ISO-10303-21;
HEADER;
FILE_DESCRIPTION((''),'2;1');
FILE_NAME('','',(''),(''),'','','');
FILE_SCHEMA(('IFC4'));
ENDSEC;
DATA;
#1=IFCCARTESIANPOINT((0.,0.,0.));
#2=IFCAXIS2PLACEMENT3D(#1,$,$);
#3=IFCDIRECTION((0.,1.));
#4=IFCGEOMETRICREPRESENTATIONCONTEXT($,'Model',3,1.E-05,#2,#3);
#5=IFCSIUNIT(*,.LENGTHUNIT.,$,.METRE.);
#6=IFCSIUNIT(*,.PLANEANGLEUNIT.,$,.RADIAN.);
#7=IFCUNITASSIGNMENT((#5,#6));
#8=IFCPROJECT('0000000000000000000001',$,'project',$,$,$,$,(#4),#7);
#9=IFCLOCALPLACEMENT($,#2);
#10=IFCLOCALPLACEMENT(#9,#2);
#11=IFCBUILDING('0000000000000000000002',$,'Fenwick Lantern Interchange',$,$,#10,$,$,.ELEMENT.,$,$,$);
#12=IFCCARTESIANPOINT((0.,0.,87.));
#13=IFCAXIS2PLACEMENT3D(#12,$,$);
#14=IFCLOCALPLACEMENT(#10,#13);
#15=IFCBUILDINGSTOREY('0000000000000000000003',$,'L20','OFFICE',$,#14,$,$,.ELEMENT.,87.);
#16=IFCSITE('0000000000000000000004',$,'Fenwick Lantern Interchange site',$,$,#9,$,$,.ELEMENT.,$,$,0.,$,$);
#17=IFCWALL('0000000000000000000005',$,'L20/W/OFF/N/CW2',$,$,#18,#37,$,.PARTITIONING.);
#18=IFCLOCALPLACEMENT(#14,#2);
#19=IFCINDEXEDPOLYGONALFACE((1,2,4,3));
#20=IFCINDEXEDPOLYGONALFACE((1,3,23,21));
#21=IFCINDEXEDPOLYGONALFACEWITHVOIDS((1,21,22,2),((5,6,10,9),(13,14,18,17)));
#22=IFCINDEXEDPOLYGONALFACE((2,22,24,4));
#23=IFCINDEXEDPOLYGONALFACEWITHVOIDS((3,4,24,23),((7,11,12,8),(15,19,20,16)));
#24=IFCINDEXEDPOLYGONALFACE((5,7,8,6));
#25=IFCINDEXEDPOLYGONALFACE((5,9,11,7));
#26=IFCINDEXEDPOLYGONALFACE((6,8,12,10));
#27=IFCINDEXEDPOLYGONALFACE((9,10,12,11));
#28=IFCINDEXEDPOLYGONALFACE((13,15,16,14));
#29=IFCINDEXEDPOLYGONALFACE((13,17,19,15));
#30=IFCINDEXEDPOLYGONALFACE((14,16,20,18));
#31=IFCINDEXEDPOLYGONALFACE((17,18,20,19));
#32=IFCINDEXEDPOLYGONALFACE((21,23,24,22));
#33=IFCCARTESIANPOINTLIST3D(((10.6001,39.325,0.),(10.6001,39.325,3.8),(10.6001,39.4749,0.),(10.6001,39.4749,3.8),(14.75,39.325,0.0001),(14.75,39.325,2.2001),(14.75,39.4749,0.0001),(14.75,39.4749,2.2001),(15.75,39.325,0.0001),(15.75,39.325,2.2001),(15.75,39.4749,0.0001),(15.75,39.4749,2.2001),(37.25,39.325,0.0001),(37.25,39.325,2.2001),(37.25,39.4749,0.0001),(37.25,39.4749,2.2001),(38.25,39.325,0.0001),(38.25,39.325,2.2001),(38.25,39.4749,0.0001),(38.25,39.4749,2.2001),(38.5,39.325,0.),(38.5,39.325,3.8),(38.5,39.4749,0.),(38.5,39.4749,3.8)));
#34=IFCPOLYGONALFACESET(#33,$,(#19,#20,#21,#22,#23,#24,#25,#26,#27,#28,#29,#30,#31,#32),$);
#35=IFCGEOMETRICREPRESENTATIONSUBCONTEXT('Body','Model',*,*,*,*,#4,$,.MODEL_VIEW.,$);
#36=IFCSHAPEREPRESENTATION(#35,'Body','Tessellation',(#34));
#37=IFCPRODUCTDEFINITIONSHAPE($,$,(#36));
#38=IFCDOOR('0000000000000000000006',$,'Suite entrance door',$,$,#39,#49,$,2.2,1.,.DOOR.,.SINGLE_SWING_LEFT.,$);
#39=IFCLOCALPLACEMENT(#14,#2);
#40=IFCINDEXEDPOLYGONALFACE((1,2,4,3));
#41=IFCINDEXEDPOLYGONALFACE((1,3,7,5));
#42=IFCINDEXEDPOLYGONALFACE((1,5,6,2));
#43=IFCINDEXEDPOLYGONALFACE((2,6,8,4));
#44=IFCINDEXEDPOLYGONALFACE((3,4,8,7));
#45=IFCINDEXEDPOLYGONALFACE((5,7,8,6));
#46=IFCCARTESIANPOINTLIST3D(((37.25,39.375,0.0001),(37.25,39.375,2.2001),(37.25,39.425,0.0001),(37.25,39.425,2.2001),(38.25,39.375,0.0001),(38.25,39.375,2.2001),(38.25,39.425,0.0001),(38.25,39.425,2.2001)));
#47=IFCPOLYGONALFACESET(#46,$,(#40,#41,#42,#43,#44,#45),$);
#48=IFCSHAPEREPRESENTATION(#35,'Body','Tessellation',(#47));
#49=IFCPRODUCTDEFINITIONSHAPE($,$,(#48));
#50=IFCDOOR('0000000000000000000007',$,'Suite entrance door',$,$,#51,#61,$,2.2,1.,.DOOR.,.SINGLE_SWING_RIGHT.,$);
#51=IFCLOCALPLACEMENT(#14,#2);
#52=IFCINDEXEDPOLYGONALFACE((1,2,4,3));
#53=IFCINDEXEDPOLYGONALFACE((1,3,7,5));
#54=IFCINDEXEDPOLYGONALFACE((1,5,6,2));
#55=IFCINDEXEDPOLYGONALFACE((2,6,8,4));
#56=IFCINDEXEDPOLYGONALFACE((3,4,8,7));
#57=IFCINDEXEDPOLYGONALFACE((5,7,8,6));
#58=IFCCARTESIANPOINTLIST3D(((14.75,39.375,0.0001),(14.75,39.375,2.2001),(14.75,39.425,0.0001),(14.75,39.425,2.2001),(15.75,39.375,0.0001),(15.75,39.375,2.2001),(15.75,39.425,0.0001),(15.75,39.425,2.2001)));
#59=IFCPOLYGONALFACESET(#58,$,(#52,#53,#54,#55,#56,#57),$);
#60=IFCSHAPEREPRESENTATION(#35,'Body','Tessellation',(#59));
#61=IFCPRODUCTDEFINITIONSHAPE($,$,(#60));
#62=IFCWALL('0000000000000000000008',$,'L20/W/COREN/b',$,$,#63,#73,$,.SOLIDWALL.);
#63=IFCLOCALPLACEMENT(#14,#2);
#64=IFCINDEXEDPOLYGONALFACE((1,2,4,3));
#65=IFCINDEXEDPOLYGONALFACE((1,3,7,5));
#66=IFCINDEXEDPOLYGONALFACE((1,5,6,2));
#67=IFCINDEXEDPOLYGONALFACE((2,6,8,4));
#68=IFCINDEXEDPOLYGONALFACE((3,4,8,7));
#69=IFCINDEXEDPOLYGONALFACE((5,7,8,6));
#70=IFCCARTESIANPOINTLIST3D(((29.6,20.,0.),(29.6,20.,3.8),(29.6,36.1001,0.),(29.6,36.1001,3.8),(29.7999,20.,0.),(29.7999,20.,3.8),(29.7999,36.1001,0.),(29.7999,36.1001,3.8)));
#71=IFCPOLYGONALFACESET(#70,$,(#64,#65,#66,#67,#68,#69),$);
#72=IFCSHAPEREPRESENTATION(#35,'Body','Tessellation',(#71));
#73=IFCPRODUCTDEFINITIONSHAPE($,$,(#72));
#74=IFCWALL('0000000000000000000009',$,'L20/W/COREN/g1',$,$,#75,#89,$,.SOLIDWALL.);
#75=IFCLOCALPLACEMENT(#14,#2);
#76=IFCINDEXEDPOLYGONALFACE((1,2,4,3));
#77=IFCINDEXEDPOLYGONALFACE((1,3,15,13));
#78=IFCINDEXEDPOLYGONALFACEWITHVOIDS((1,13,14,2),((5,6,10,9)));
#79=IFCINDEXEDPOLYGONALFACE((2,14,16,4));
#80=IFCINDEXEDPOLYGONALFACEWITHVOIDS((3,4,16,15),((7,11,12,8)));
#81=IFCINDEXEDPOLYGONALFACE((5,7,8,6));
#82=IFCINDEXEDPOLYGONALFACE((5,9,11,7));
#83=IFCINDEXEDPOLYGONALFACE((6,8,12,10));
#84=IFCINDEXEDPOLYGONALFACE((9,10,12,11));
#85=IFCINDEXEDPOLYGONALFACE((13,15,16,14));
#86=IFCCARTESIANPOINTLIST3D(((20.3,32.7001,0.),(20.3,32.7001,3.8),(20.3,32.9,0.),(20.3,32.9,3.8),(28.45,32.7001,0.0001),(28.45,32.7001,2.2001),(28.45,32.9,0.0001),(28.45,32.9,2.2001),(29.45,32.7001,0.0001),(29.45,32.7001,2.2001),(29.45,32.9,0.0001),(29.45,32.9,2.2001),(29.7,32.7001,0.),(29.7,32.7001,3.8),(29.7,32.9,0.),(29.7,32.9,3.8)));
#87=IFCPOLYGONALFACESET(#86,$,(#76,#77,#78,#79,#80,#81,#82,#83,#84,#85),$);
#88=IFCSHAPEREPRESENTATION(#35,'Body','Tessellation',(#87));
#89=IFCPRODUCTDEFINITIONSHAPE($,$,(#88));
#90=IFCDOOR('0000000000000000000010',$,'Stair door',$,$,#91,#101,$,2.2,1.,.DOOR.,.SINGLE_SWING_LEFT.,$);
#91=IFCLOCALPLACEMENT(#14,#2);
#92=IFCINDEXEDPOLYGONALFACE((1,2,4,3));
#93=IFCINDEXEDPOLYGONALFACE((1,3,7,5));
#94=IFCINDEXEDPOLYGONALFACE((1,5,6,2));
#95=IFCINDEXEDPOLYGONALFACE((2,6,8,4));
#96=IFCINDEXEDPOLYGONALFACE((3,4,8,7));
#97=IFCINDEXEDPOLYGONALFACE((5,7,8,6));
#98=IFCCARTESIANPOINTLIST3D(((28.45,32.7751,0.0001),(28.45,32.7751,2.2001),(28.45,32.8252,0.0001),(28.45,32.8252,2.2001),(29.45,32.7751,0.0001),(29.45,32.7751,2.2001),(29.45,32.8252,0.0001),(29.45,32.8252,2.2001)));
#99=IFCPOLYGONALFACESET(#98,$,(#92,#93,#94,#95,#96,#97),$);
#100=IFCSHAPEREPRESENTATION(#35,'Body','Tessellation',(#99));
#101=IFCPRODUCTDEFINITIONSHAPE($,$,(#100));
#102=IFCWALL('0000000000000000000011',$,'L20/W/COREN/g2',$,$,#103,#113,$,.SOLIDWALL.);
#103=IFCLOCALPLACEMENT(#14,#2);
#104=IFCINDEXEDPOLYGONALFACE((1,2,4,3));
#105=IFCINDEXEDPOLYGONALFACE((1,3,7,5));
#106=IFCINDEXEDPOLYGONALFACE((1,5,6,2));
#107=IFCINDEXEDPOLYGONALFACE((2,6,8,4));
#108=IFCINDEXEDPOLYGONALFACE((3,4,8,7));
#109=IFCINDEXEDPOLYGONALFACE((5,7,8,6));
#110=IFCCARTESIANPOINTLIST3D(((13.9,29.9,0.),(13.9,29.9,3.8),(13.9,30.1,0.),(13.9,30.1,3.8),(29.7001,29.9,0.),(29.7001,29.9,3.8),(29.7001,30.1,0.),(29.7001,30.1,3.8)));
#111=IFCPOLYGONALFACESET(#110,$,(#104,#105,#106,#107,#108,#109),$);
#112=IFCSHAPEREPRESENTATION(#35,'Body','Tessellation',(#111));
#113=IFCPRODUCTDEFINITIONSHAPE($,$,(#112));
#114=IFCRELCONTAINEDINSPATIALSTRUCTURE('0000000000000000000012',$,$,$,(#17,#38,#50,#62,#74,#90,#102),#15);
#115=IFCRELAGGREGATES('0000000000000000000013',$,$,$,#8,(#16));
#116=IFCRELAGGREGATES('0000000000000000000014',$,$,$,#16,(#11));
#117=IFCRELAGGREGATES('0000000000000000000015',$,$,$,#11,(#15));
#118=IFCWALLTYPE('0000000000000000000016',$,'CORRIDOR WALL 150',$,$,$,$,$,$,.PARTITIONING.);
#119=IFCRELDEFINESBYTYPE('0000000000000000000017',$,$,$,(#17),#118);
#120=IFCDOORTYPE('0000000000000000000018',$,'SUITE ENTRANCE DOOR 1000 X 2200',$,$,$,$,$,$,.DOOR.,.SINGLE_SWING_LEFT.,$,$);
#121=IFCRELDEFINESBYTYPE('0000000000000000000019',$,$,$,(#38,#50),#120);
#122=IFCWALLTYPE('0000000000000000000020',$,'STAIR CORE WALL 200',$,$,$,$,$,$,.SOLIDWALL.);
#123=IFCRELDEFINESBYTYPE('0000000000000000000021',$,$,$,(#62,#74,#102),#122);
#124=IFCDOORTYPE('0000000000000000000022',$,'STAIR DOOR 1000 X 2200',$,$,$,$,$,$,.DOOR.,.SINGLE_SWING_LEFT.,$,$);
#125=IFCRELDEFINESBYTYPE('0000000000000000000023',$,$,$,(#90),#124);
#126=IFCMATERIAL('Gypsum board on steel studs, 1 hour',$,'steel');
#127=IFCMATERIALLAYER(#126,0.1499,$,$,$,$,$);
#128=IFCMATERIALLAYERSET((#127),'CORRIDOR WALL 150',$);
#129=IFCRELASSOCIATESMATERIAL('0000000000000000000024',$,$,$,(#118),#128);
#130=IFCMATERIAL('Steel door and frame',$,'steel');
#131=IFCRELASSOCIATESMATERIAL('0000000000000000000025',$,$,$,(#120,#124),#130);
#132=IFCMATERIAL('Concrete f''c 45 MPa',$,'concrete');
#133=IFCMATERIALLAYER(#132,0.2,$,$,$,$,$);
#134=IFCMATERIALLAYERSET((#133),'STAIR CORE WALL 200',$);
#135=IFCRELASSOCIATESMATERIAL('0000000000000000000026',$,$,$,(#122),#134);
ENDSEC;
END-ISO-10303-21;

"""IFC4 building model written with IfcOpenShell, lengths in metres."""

from ifc_helpers import new_model, si_unit, direction, frame, frame_2d, origin, place, context, subcontext, project, spatial, rectangle, extrude, material, layer, layer_set, type_object, element, fill, save


model = new_model("IFC4")

# Units and contexts
model_context = context("Model", 3, precision=1e-05, world=origin(), true_north=direction((0.0, 1.0)))
body_context = subcontext(model_context, "Body", "Model", "MODEL_VIEW")
ifc_project = project(units=[si_unit("LENGTHUNIT", "METRE"), si_unit("PLANEANGLEUNIT", "RADIAN")], contexts=[model_context])

# Site, building, storey
site_placement = place(None, origin())
site = spatial("IfcSite", under=ifc_project, at=site_placement, Name="Fenwick Lantern Interchange site", CompositionType="ELEMENT", RefElevation=0.0)
building_placement = place(site_placement, origin())
building = spatial("IfcBuilding", under=site, at=building_placement, Name="Fenwick Lantern Interchange", CompositionType="ELEMENT")
storey_placement = place(building_placement, frame((0.0, 0.0, 87.0)))
storey = spatial("IfcBuildingStorey", under=building, at=storey_placement, Name="L20", Description="OFFICE", CompositionType="ELEMENT", Elevation=87.0)

# Shared definitions
ifc_material_1 = material(Name="Steel door and frame", Category="steel")

# Shared definitions
ifc_material_2 = material(Name="Gypsum board on steel studs, 1 hour", Category="steel")
ifc_layer_1 = layer(ifc_material_2, 0.1499)
ifc_layer_set_1 = layer_set([ifc_layer_1], Name="CORRIDOR WALL 150")
wall_type_1 = type_object("IfcWallType", Name="CORRIDOR WALL 150", PredefinedType="PARTITIONING", material=ifc_layer_set_1)

# Wall, openings, doors
wall_1_placement = place(storey_placement, frame((38.5, 39.3999, 0.0), z_axis=(0.0, 0.0, 1.0), x_axis=(-1.0, 0.0, 0.0)))
wall_1 = element("IfcWall", 1, at=wall_1_placement, inside=storey, type_object=wall_type_1, Name="L20/W/OFF/N/CW2", PredefinedType="PARTITIONING", context=body_context, shape_type="SweptSolid", body=[
    extrude(rectangle(XDim=27.8999, YDim=0.1499, at=frame_2d((13.95, 0.0))), origin(), (0.0, 0.0, 1.0), 3.8),
])
opening_1_placement = place(wall_1_placement, frame((0.25, 0.0, 0.0)))
opening_1 = element("IfcOpeningElement", 2, at=opening_1_placement, cuts=wall_1, PredefinedType="OPENING", context=body_context, shape_type="SweptSolid", body=[
    extrude(rectangle(XDim=1.0, YDim=2.2, at=frame_2d((0.5, 1.1001))), frame((0.0, 0.085, 0.0), z_axis=(0.0, -1.0, 0.0), x_axis=(1.0, 0.0, 0.0)), (0.0, 0.0, 1.0), 0.1699),
])
opening_2_placement = place(wall_1_placement, frame((22.75, 0.0, 0.0)))
opening_2 = element("IfcOpeningElement", 3, at=opening_2_placement, cuts=wall_1, PredefinedType="OPENING", context=body_context, shape_type="SweptSolid", body=[
    extrude(rectangle(XDim=1.0, YDim=2.2, at=frame_2d((0.5, 1.1001))), frame((0.0, 0.085, 0.0), z_axis=(0.0, -1.0, 0.0), x_axis=(1.0, 0.0, 0.0)), (0.0, 0.0, 1.0), 0.1699),
])
door_type_1 = type_object("IfcDoorType", Name="SUITE ENTRANCE DOOR 1000 X 2200", OperationType="SINGLE_SWING_LEFT", PredefinedType="DOOR", material=ifc_material_1)
door_1_placement = place(opening_1_placement, origin())
door_1 = element("IfcDoor", 4, at=door_1_placement, inside=storey, type_object=door_type_1, Name="Suite entrance door", OperationType="SINGLE_SWING_LEFT", OverallHeight=2.2, OverallWidth=1.0, PredefinedType="DOOR", context=body_context, shape_type="SweptSolid", body=[
    extrude(rectangle(XDim=1.0, YDim=2.2, at=frame_2d((0.5, 1.1001))), frame((0.0, 0.0249, 0.0), z_axis=(0.0, -1.0, 0.0), x_axis=(1.0, 0.0, 0.0)), (0.0, 0.0, 1.0), 0.05),
])
fill(opening_1, door_1)
door_2_placement = place(opening_2_placement, origin())
door_2 = element("IfcDoor", 5, at=door_2_placement, inside=storey, type_object=door_type_1, Name="Suite entrance door", OperationType="SINGLE_SWING_RIGHT", OverallHeight=2.2, OverallWidth=1.0, PredefinedType="DOOR", context=body_context, shape_type="SweptSolid", body=[
    extrude(rectangle(XDim=1.0, YDim=2.2, at=frame_2d((0.5, 1.1001))), frame((0.0, 0.0249, 0.0), z_axis=(0.0, -1.0, 0.0), x_axis=(1.0, 0.0, 0.0)), (0.0, 0.0, 1.0), 0.05),
])
fill(opening_2, door_2)

# Wall
ifc_material_3 = material(Name="Concrete f'c 45 MPa", Category="concrete")
ifc_layer_2 = layer(ifc_material_3, 0.2)
ifc_layer_set_2 = layer_set([ifc_layer_2], Name="STAIR CORE WALL 200")
wall_type_2 = type_object("IfcWallType", Name="STAIR CORE WALL 200", PredefinedType="SOLIDWALL", material=ifc_layer_set_2)
wall_2_placement = place(storey_placement, frame((29.7, 36.1001, 0.0), z_axis=(0.0, 0.0, 1.0), x_axis=(0.0, -1.0, 0.0)))
element("IfcWall", 6, at=wall_2_placement, inside=storey, type_object=wall_type_2, Name="L20/W/COREN/b", PredefinedType="SOLIDWALL", context=body_context, shape_type="SweptSolid", body=[
    extrude(rectangle(XDim=16.1001, YDim=0.2, at=frame_2d((8.05, 0.0))), origin(), (0.0, 0.0, 1.0), 3.8),
])

# Wall, opening, door
wall_3_placement = place(storey_placement, frame((29.7, 32.8, 0.0), z_axis=(0.0, 0.0, 1.0), x_axis=(-1.0, 0.0, 0.0)))
wall_3 = element("IfcWall", 7, at=wall_3_placement, inside=storey, type_object=wall_type_2, Name="L20/W/COREN/g1", PredefinedType="SOLIDWALL", context=body_context, shape_type="SweptSolid", body=[
    extrude(rectangle(XDim=9.3999, YDim=0.2, at=frame_2d((4.7, 0.0))), origin(), (0.0, 0.0, 1.0), 3.8),
])
opening_3_placement = place(wall_3_placement, frame((0.25, 0.0, 0.0)))
opening_3 = element("IfcOpeningElement", 8, at=opening_3_placement, cuts=wall_3, PredefinedType="OPENING", context=body_context, shape_type="SweptSolid", body=[
    extrude(rectangle(XDim=1.0, YDim=2.2, at=frame_2d((0.5, 1.1001))), frame((0.0, 0.1099, 0.0), z_axis=(0.0, -1.0, 0.0), x_axis=(1.0, 0.0, 0.0)), (0.0, 0.0, 1.0), 0.22),
])
door_type_2 = type_object("IfcDoorType", Name="STAIR DOOR 1000 X 2200", OperationType="SINGLE_SWING_LEFT", PredefinedType="DOOR", material=ifc_material_1)
door_3_placement = place(opening_3_placement, origin())
door_3 = element("IfcDoor", 9, at=door_3_placement, inside=storey, type_object=door_type_2, Name="Stair door", OperationType="SINGLE_SWING_LEFT", OverallHeight=2.2, OverallWidth=1.0, PredefinedType="DOOR", context=body_context, shape_type="SweptSolid", body=[
    extrude(rectangle(XDim=1.0, YDim=2.2, at=frame_2d((0.5, 1.1001))), frame((0.0, 0.0249, 0.0), z_axis=(0.0, -1.0, 0.0), x_axis=(1.0, 0.0, 0.0)), (0.0, 0.0, 1.0), 0.05),
])
fill(opening_3, door_3)

# Wall
wall_4_placement = place(storey_placement, frame((29.7, 30.0, 0.0), z_axis=(0.0, 0.0, 1.0), x_axis=(-1.0, 0.0, 0.0)))
element("IfcWall", 10, at=wall_4_placement, inside=storey, type_object=wall_type_2, Name="L20/W/COREN/g2", PredefinedType="SOLIDWALL", context=body_context, shape_type="SweptSolid", body=[
    extrude(rectangle(XDim=15.8, YDim=0.2, at=frame_2d((7.8999, 0.0))), origin(), (0.0, 0.0, 1.0), 3.8),
])

save(model, "model.ifc")
